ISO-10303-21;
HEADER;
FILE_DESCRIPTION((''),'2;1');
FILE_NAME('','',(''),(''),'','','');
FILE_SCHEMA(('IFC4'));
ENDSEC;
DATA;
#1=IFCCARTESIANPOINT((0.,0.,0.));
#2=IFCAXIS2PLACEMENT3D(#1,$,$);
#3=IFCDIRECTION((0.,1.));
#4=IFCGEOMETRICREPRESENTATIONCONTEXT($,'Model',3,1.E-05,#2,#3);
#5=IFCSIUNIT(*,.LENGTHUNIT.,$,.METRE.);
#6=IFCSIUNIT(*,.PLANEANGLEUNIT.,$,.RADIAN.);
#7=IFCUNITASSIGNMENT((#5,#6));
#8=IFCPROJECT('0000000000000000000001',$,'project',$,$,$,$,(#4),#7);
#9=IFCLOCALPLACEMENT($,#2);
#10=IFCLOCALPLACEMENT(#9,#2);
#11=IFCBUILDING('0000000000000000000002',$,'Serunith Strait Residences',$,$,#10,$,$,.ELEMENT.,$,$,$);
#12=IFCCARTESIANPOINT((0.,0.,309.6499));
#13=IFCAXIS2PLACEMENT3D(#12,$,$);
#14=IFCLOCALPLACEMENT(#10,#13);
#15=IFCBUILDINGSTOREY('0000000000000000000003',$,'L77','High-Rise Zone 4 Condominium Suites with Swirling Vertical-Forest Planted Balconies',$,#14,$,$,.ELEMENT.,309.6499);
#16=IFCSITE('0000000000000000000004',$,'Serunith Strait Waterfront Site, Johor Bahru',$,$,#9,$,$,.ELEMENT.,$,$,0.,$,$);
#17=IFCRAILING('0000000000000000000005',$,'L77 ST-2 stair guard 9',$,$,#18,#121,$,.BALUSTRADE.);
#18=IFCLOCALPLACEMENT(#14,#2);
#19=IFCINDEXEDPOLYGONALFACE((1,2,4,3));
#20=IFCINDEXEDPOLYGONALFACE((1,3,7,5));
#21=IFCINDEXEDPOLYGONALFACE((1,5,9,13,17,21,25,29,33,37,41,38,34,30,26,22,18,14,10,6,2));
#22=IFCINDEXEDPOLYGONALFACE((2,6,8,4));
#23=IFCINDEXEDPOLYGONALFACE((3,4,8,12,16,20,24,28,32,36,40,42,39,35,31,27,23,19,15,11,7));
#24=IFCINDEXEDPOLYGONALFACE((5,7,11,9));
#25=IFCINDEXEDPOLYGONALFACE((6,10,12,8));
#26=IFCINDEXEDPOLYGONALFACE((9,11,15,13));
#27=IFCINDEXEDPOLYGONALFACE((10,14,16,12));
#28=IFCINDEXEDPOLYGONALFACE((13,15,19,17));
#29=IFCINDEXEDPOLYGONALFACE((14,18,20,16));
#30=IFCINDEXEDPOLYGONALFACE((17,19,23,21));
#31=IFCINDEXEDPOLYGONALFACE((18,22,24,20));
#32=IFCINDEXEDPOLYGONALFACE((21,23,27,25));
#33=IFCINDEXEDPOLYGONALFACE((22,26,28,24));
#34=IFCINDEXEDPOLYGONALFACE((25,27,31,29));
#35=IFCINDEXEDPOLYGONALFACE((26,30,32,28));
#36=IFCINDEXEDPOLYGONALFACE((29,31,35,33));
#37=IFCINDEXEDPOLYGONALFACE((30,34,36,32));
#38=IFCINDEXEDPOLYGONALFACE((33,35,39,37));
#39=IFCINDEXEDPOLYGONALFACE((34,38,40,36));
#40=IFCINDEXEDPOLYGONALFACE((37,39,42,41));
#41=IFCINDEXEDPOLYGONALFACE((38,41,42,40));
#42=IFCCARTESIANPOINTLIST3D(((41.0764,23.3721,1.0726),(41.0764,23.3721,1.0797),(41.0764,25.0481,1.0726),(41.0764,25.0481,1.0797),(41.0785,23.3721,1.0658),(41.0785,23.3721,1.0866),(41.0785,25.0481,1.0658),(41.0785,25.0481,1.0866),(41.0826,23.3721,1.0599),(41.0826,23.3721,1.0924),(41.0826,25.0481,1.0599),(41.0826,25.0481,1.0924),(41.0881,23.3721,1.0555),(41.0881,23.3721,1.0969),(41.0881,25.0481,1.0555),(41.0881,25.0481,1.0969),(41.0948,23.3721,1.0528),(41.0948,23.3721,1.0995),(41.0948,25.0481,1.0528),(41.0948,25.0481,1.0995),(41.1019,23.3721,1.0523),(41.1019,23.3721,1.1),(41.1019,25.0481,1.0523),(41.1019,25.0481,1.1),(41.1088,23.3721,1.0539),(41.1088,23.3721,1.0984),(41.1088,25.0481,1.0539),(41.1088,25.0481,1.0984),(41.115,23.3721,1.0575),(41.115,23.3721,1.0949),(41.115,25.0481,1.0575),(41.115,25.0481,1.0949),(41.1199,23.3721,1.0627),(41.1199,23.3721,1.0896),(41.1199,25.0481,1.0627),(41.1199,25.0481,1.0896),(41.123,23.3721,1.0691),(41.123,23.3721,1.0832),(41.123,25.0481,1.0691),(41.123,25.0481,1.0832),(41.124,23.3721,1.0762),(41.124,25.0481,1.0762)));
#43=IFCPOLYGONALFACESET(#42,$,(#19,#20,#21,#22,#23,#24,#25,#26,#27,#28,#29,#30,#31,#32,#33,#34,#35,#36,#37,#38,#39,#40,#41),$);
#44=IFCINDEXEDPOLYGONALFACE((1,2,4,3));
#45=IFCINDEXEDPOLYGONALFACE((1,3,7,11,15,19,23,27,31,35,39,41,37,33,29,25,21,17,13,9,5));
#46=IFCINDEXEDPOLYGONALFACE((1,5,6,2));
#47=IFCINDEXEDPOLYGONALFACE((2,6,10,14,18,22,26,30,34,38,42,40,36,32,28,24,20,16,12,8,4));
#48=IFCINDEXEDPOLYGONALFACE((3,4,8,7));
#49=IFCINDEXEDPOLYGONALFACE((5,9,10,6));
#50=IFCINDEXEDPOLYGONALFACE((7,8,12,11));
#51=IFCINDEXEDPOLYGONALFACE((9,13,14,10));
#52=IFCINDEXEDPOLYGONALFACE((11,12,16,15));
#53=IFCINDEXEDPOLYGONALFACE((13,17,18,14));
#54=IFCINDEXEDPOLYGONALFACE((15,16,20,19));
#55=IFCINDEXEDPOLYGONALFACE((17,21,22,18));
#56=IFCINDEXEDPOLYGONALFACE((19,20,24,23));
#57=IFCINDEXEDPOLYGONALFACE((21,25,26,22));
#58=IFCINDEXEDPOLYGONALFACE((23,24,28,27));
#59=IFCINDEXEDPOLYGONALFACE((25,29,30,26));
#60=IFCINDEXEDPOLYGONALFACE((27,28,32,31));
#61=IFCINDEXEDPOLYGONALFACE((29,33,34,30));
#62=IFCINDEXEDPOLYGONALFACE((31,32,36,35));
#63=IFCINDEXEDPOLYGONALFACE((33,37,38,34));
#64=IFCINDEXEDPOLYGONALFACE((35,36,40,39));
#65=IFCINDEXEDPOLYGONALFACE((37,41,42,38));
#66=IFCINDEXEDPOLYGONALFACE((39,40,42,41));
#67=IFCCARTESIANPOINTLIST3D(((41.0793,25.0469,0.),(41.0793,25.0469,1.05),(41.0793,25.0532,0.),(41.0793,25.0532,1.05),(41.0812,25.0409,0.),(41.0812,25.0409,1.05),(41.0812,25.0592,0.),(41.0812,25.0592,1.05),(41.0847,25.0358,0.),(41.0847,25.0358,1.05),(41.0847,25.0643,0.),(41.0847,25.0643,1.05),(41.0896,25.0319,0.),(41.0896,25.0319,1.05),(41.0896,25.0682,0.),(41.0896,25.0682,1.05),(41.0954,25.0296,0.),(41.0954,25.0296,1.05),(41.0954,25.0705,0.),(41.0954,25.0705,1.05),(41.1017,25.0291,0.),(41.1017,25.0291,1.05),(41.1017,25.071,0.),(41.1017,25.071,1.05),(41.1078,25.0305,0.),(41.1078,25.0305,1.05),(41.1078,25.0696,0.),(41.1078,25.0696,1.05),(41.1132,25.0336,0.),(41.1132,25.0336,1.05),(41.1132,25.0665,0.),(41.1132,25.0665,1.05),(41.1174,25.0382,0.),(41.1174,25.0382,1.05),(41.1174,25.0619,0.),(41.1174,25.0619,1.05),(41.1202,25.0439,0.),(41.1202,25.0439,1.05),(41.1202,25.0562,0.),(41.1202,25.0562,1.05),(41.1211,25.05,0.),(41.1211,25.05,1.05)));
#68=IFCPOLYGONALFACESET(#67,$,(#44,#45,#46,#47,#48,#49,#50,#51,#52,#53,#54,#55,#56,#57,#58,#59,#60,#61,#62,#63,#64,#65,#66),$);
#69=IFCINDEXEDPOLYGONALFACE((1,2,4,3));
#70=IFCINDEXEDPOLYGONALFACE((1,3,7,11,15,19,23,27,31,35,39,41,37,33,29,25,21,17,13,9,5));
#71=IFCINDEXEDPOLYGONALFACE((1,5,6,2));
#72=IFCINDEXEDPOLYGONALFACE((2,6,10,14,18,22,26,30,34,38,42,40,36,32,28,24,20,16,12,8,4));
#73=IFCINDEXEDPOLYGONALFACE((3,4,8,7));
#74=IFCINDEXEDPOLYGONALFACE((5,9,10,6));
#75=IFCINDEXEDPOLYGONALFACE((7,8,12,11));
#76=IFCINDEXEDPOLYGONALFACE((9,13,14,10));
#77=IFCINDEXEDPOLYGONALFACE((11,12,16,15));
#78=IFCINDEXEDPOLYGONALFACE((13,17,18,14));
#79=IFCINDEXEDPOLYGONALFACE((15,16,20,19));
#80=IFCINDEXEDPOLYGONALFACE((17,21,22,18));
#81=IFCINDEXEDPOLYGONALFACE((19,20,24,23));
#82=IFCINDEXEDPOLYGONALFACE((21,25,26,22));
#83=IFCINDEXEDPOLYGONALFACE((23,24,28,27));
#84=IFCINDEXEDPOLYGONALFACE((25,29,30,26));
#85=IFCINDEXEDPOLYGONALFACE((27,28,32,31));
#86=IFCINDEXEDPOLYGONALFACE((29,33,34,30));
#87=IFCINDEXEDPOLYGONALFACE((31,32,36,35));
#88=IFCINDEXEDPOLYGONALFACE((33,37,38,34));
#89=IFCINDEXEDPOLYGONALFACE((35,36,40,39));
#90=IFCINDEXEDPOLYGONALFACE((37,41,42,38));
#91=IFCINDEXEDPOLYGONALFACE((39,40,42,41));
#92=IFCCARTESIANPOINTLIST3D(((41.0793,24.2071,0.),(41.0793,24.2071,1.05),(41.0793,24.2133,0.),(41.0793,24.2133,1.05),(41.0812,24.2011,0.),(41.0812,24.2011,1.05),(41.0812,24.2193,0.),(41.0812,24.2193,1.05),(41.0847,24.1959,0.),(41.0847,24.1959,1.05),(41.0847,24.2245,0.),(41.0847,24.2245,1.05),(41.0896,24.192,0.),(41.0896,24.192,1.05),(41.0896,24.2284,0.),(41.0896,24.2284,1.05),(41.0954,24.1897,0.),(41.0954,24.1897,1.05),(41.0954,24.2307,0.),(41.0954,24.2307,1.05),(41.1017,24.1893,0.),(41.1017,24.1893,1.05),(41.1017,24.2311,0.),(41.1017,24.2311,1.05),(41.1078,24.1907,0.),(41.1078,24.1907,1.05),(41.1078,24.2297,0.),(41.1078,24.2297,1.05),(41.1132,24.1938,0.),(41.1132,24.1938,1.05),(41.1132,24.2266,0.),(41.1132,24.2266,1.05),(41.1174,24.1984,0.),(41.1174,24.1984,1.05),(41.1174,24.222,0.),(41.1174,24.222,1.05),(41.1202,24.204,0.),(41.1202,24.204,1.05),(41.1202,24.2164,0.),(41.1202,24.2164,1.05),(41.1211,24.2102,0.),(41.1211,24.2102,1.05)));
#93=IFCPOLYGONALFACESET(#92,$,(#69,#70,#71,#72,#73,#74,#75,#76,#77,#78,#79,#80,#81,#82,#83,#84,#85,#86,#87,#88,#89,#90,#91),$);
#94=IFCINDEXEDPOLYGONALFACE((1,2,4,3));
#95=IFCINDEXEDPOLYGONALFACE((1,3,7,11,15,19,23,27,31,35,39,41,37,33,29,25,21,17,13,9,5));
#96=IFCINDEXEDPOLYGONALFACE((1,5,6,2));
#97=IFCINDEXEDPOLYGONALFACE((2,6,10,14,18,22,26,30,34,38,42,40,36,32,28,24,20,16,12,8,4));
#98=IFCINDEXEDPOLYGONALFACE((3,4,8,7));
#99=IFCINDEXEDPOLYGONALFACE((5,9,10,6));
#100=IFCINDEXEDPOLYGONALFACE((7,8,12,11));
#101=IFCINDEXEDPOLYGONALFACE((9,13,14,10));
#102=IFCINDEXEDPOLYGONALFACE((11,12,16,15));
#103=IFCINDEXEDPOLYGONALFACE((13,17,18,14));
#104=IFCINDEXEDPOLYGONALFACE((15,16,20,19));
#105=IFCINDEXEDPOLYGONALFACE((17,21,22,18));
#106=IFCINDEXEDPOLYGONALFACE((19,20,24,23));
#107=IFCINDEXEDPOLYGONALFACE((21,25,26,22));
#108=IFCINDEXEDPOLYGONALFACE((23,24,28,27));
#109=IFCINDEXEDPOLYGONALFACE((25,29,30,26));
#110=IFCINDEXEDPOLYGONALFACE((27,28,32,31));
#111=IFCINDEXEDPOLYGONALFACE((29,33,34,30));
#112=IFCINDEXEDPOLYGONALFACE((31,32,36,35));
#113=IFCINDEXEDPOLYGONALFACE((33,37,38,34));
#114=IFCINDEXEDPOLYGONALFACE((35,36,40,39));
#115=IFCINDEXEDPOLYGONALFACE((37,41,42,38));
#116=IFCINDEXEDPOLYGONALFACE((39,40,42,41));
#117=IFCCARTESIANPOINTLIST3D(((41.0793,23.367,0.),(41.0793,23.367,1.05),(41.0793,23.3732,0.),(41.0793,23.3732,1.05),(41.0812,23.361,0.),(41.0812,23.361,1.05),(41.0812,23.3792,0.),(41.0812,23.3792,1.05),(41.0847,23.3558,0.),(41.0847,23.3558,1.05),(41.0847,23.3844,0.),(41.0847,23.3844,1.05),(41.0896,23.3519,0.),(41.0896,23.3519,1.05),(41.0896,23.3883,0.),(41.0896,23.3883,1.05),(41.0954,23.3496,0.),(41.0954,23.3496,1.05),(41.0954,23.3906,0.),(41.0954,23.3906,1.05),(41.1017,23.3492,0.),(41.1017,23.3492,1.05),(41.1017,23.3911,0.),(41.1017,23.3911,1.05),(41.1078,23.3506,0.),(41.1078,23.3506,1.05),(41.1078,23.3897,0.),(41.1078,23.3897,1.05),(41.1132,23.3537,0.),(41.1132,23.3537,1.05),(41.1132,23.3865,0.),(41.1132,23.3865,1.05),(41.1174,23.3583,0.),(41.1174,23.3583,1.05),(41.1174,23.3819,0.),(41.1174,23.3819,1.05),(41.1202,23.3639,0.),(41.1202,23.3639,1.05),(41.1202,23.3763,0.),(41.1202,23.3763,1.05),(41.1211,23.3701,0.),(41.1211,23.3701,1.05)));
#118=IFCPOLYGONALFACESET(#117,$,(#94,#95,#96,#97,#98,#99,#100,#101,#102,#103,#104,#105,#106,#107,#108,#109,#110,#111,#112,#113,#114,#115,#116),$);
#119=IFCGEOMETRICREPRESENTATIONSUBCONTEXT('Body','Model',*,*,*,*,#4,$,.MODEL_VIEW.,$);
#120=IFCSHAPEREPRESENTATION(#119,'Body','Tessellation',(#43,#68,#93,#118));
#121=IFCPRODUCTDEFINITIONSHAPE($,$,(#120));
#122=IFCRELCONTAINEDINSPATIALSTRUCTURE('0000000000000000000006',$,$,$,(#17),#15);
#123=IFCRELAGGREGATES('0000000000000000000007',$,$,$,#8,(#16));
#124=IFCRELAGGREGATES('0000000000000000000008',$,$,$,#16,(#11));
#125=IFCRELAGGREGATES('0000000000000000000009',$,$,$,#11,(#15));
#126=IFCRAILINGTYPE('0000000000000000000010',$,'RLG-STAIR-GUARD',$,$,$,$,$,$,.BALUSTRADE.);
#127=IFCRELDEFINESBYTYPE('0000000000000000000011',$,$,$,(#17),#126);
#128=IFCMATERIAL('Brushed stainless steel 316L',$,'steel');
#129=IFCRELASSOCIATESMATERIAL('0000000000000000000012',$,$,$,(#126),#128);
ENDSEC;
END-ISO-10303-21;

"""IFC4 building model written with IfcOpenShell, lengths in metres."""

from ifc_helpers import new_model, si_unit, direction, frame, origin, origin_2d, place, context, subcontext, project, spatial, circle, extrude, material, type_object, element, save


model = new_model("IFC4")

# Units and contexts
model_context = context("Model", 3, precision=1e-05, world=origin(), true_north=direction((0.0, 1.0)))
body_context = subcontext(model_context, "Body", "Model", "MODEL_VIEW")
ifc_project = project(units=[si_unit("LENGTHUNIT", "METRE"), si_unit("PLANEANGLEUNIT", "RADIAN")], contexts=[model_context])

# Site, building, storey
site_placement = place(None, origin())
site = spatial("IfcSite", under=ifc_project, at=site_placement, Name="Serunith Strait Waterfront Site, Johor Bahru", CompositionType="ELEMENT", RefElevation=0.0)
building_placement = place(site_placement, origin())
building = spatial("IfcBuilding", under=site, at=building_placement, Name="Serunith Strait Residences", CompositionType="ELEMENT")
storey_placement = place(building_placement, frame((0.0, 0.0, 309.6499)))
storey = spatial("IfcBuildingStorey", under=building, at=storey_placement, Name="L77", Description="High-Rise Zone 4 Condominium Suites with Swirling Vertical-Forest Planted Balconies", CompositionType="ELEMENT", Elevation=309.6499)

# Railing
ifc_material_1 = material(Name="Brushed stainless steel 316L", Category="steel")
railing_type = type_object("IfcRailingType", Name="RLG-STAIR-GUARD", PredefinedType="BALUSTRADE", material=ifc_material_1)
for number, where, name in (
    (1, (41.1001, 25.05, 0.0), "L77 ST-2 stair guard 9"),
):
    element("IfcRailing", number, at=place(storey_placement, frame(where)), inside=storey, type_object=railing_type, Name=name, PredefinedType="BALUSTRADE", context=body_context, shape_type="SweptSolid", body=[
        extrude(circle(Radius=0.0239, at=origin_2d()), frame((0.0, -0.002, 1.0762), z_axis=(0.0, -1.0, 0.0), x_axis=(1.0, 0.0, 0.0)), (0.0, 0.0, 1.0), 1.676),
        extrude(circle(Radius=0.021, at=origin_2d()), origin(), (0.0, 0.0, 1.0), 1.05),
        extrude(circle(Radius=0.021, at=origin_2d()), frame((0.0, -0.8398, 0.0)), (0.0, 0.0, 1.0), 1.05),
        extrude(circle(Radius=0.021, at=origin_2d()), frame((0.0, -1.6799, 0.0)), (0.0, 0.0, 1.0), 1.05),
    ])

save(model, "model.ifc")
